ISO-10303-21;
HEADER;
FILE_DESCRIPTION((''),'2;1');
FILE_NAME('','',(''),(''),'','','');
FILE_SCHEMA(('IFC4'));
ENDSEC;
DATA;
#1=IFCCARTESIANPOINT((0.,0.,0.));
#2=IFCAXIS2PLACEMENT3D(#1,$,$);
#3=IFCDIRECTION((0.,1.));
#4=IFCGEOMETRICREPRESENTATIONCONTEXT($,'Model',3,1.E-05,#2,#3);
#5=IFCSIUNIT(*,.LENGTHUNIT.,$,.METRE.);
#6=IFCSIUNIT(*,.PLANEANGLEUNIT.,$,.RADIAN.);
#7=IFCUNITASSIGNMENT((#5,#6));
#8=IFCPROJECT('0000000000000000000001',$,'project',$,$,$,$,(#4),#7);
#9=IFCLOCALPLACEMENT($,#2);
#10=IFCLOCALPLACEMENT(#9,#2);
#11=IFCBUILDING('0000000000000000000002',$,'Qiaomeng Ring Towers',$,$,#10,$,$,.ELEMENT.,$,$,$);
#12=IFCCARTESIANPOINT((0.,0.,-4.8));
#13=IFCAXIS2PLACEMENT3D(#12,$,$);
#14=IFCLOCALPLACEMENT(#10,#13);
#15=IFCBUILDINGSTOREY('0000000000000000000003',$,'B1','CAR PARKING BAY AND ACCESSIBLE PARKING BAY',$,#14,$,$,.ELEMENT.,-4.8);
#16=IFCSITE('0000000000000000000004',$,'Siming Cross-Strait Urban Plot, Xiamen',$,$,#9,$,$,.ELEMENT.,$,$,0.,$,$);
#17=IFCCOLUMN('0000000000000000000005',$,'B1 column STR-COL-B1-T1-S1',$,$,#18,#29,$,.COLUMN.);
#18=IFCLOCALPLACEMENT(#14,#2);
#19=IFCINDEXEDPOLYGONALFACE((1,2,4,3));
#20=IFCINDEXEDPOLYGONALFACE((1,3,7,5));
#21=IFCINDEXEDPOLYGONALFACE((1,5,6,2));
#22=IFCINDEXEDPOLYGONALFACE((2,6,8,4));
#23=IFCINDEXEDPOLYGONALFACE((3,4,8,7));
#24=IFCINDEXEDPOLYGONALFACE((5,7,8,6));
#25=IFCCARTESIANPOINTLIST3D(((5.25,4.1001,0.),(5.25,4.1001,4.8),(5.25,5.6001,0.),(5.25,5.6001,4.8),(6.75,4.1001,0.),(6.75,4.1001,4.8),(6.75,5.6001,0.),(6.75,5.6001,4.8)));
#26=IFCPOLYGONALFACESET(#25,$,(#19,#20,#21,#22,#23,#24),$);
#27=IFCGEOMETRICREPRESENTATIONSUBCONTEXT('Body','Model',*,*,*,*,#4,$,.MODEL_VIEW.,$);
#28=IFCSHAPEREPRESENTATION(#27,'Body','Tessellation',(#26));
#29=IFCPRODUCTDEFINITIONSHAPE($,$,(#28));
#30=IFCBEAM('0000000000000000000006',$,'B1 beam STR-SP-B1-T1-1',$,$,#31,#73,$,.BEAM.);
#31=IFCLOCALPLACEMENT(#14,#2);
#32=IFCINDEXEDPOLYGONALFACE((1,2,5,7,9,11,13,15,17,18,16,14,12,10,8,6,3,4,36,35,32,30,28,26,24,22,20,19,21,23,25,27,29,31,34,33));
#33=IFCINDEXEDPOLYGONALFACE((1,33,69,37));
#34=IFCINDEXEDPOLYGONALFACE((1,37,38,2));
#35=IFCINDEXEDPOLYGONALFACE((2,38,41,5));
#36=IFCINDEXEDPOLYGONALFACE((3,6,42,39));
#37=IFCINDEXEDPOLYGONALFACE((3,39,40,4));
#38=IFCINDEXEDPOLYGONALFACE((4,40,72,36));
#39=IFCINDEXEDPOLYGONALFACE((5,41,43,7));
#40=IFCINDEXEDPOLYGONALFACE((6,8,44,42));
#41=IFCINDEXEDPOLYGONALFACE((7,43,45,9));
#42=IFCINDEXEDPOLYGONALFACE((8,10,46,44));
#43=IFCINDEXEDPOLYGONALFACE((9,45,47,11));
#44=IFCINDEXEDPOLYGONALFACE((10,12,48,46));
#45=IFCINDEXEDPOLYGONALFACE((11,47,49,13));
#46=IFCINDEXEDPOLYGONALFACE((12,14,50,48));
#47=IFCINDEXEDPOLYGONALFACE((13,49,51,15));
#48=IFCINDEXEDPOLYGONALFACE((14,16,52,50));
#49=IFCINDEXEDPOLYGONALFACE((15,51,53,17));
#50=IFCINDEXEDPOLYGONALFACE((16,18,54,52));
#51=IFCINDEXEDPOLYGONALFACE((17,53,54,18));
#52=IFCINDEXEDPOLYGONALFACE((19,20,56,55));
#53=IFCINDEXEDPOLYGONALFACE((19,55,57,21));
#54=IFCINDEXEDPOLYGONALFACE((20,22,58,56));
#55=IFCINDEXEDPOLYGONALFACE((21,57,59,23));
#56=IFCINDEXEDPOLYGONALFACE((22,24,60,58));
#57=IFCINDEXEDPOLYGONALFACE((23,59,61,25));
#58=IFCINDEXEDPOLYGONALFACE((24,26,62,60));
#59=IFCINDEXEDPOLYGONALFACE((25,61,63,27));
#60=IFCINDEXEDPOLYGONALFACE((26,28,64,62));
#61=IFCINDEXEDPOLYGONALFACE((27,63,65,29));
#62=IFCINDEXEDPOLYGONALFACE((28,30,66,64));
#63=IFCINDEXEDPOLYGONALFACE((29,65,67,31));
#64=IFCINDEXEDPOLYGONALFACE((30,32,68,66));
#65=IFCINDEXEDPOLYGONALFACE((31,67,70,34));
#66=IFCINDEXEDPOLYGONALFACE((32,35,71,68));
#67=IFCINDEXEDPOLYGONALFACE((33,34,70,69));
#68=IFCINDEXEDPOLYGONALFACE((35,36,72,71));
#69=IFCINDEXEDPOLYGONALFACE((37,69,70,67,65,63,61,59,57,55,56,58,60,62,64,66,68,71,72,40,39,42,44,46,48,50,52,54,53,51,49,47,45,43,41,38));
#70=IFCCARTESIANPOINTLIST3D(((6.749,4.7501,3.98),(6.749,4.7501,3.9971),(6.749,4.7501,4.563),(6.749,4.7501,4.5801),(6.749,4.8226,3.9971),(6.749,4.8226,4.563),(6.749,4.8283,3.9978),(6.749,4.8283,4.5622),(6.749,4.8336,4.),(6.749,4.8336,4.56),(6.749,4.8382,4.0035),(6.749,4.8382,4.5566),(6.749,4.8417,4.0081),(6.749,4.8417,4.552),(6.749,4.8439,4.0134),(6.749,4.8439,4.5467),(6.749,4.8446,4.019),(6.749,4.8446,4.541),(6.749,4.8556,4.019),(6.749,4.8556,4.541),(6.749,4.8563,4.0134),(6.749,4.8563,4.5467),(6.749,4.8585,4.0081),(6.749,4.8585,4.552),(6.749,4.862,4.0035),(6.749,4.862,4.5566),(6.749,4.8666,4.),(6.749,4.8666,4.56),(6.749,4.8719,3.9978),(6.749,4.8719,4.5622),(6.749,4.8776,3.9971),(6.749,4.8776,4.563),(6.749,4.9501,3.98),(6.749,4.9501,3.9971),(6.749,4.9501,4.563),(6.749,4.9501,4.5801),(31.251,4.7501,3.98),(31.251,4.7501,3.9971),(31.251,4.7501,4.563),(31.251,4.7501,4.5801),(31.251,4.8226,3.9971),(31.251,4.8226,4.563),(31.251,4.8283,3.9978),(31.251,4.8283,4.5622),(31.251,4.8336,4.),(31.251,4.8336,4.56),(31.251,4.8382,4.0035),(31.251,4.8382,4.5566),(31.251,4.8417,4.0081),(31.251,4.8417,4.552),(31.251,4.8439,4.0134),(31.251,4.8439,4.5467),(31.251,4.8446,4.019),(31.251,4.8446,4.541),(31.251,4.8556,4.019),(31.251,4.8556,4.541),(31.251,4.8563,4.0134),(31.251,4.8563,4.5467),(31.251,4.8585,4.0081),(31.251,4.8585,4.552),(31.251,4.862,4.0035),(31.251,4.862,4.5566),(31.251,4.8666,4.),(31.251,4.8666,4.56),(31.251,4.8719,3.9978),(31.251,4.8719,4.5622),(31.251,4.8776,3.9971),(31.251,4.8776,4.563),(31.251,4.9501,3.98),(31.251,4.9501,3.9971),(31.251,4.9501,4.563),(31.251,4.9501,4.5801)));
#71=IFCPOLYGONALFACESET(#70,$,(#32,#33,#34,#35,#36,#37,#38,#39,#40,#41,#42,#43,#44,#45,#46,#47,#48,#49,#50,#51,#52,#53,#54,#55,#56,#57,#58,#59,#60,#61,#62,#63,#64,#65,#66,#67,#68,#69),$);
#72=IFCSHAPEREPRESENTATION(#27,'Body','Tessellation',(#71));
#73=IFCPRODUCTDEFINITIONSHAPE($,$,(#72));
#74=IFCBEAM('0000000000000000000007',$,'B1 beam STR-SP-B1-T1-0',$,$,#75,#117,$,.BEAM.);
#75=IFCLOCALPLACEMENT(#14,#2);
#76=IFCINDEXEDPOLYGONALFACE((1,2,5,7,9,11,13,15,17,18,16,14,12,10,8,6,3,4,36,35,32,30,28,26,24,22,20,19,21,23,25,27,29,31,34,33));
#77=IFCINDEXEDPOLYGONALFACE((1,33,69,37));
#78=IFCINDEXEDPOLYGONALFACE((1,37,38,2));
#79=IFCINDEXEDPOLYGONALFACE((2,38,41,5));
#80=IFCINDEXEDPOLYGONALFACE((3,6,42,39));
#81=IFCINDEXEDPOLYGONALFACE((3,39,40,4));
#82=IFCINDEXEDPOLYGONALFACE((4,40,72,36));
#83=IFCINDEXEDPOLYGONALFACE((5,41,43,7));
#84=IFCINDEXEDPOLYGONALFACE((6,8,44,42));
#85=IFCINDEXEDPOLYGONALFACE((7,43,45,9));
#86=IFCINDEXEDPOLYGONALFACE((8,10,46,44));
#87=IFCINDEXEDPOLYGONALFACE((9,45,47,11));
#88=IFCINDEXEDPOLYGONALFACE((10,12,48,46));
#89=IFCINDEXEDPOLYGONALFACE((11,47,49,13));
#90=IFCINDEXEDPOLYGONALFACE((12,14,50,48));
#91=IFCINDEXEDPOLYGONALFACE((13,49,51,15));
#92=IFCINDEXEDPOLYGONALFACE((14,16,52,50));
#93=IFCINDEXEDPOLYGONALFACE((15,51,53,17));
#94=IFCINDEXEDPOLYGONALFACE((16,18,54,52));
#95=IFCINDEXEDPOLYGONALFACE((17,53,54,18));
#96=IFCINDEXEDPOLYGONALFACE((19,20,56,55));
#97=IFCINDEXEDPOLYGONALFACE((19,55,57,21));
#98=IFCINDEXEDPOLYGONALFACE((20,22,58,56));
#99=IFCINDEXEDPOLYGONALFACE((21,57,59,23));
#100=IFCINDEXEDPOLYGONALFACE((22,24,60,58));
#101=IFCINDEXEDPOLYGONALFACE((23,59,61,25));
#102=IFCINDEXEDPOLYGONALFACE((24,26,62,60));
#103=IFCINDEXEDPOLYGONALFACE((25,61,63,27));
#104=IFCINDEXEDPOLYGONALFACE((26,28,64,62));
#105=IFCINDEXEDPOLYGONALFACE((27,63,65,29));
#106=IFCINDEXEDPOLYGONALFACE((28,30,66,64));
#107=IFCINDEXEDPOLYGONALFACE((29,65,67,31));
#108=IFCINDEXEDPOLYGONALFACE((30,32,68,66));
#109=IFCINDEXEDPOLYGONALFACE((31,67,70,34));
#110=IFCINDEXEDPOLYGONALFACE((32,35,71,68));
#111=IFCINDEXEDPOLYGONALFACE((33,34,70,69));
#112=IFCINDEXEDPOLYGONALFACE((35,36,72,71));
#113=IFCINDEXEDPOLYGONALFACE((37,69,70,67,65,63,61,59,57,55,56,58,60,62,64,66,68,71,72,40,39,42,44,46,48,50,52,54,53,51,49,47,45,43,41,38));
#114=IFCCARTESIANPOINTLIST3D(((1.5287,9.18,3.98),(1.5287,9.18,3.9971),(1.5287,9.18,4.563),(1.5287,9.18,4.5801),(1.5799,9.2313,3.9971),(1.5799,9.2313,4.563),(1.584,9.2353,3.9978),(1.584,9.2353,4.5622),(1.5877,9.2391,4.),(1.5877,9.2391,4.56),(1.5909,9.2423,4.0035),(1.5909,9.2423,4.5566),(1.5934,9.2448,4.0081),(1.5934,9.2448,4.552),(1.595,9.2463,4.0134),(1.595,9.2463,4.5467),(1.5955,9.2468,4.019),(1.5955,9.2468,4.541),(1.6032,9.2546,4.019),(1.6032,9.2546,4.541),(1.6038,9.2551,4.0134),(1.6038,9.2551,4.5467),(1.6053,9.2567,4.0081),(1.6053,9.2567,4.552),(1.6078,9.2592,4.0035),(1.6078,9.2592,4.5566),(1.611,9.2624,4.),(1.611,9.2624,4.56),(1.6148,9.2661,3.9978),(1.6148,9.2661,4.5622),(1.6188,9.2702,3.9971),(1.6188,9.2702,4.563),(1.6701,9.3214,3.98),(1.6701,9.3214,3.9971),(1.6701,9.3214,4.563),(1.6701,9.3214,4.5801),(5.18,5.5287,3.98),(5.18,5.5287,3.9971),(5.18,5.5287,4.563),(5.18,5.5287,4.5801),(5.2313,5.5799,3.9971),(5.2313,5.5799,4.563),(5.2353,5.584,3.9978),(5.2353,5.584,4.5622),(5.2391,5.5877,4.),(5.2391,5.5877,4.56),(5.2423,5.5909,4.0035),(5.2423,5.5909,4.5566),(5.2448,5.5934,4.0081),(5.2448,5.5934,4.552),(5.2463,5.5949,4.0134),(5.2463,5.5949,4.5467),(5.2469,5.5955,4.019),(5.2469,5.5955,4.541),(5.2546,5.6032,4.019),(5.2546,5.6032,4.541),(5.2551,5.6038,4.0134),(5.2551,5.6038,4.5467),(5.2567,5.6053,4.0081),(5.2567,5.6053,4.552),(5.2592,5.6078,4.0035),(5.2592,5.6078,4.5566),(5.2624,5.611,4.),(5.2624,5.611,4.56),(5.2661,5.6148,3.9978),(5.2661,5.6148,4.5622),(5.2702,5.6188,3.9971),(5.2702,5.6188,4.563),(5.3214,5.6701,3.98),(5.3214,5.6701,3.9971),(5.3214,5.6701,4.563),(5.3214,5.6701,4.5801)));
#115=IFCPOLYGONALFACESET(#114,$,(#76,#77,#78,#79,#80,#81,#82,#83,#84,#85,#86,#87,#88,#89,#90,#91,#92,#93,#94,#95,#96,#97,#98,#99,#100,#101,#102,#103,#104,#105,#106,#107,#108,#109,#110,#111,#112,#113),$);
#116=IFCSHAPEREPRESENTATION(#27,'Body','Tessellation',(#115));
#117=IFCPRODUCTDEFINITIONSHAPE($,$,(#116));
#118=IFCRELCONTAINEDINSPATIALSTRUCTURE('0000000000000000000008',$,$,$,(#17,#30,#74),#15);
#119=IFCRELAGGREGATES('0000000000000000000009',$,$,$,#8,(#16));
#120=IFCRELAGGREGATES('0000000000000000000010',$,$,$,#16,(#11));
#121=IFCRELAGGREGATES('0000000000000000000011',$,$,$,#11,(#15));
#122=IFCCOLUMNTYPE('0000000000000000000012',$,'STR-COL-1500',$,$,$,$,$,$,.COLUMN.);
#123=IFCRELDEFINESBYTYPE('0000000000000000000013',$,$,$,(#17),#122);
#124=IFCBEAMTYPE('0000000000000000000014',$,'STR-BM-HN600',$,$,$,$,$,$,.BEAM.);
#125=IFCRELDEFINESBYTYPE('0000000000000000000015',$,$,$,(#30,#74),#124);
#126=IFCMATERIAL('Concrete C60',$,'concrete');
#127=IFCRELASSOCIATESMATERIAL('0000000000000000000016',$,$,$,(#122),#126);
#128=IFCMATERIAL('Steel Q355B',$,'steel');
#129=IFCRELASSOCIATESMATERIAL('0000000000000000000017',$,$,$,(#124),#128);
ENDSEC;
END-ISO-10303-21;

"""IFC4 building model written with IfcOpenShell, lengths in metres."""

from ifc_helpers import new_model, si_unit, direction, frame, origin, origin_2d, place, context, subcontext, project, spatial, rectangle, i_section, extrude, source, transform, mapped, material, material_profile, profile_set, type_object, element, save


model = new_model("IFC4")

# Units and contexts
model_context = context("Model", 3, precision=1e-05, world=origin(), true_north=direction((0.0, 1.0)))
body_context = subcontext(model_context, "Body", "Model", "MODEL_VIEW")
ifc_project = project(units=[si_unit("LENGTHUNIT", "METRE"), si_unit("PLANEANGLEUNIT", "RADIAN")], contexts=[model_context])

# Site, building, storey
site_placement = place(None, origin())
site = spatial("IfcSite", under=ifc_project, at=site_placement, Name="Siming Cross-Strait Urban Plot, Xiamen", CompositionType="ELEMENT", RefElevation=0.0)
building_placement = place(site_placement, origin())
building = spatial("IfcBuilding", under=site, at=building_placement, Name="Qiaomeng Ring Towers", CompositionType="ELEMENT")
storey_placement = place(building_placement, frame((0.0, 0.0, -4.8)))
storey = spatial("IfcBuildingStorey", under=building, at=storey_placement, Name="B1", Description="CAR PARKING BAY AND ACCESSIBLE PARKING BAY", CompositionType="ELEMENT", Elevation=-4.8)

# Column
ifc_material_1 = material(Name="Concrete C60", Category="concrete")
ifc_material_profile_1 = material_profile(ifc_material_1, rectangle(XDim=1.5, YDim=1.5, at=origin_2d()), Name="RC COL 1500x1500")
ifc_profile_set_1 = profile_set([ifc_material_profile_1], Name="Concrete C60")
column_type = type_object("IfcColumnType", Name="STR-COL-1500", PredefinedType="COLUMN", material=ifc_profile_set_1)
shared_shape_1 = source(origin(), body_context, "Body", "SweptSolid", [
    extrude(rectangle(XDim=1.5, YDim=1.5, at=origin_2d()), origin(), (0.0, 0.0, 1.0), 4.8),
])
column_placement = place(storey_placement, frame((6.0, 4.8501, 0.0), z_axis=(0.0, 0.0, 1.0), x_axis=(1.0, 0.0, 0.0)))
element("IfcColumn", 1, at=column_placement, inside=storey, type_object=column_type, Name="B1 column STR-COL-B1-T1-S1", PredefinedType="COLUMN", context=body_context, shape_type="MappedRepresentation", body=[
    mapped(shared_shape_1, transform((0.0, 0.0, 0.0), x_axis=(1.0, 0.0, 0.0), y_axis=(0.0, 1.0, 0.0), z_axis=(0.0, 0.0, 1.0), scale=1.0)),
])

# Beams
ifc_material_2 = material(Name="Steel Q355B", Category="steel")
ifc_material_profile_2 = material_profile(ifc_material_2, i_section(OverallWidth=0.2, OverallDepth=0.6001, WebThickness=0.011, FlangeThickness=0.0171, FilletRadius=0.022, at=origin_2d()), Name="HN 600x200x11x17")
ifc_profile_set_2 = profile_set([ifc_material_profile_2], Name="Steel Q355B")
beam_type = type_object("IfcBeamType", Name="STR-BM-HN600", PredefinedType="BEAM", material=ifc_profile_set_2)
shared_shape_2 = source(origin(), body_context, "Body", "SweptSolid", [
    extrude(i_section(OverallWidth=0.2, OverallDepth=0.6001, WebThickness=0.011, FlangeThickness=0.0171, FilletRadius=0.022, at=origin_2d()), origin(), (0.0, 0.0, 1.0), 24.502),
])
beam_1_placement = place(storey_placement, frame((6.749, 4.8501, 4.28), z_axis=(1.0, 0.0, 0.0), x_axis=(0.0, 1.0, 0.0)))
element("IfcBeam", 2, at=beam_1_placement, inside=storey, type_object=beam_type, Name="B1 beam STR-SP-B1-T1-1", PredefinedType="BEAM", context=body_context, shape_type="MappedRepresentation", body=[
    mapped(shared_shape_2, transform((0.0, 0.0, 0.0), x_axis=(1.0, 0.0, 0.0), y_axis=(0.0, 1.0, 0.0), z_axis=(0.0, 0.0, 1.0), scale=1.0)),
])
shared_shape_3 = source(origin(), body_context, "Body", "SweptSolid", [
    extrude(i_section(OverallWidth=0.2, OverallDepth=0.6001, WebThickness=0.011, FlangeThickness=0.0171, FilletRadius=0.022, at=origin_2d()), origin(), (0.0, 0.0, 1.0), 5.1638),
])
beam_2_placement = place(storey_placement, frame((1.5994, 9.2507, 4.28), z_axis=(0.707107, -0.707107, 0.0), x_axis=(0.707107, 0.707107, 0.0)))
element("IfcBeam", 3, at=beam_2_placement, inside=storey, type_object=beam_type, Name="B1 beam STR-SP-B1-T1-0", PredefinedType="BEAM", context=body_context, shape_type="MappedRepresentation", body=[
    mapped(shared_shape_3, transform((0.0, 0.0, 0.0), x_axis=(1.0, 0.0, 0.0), y_axis=(0.0, 1.0, 0.0), z_axis=(0.0, 0.0, 1.0), scale=1.0)),
])

save(model, "model.ifc")
